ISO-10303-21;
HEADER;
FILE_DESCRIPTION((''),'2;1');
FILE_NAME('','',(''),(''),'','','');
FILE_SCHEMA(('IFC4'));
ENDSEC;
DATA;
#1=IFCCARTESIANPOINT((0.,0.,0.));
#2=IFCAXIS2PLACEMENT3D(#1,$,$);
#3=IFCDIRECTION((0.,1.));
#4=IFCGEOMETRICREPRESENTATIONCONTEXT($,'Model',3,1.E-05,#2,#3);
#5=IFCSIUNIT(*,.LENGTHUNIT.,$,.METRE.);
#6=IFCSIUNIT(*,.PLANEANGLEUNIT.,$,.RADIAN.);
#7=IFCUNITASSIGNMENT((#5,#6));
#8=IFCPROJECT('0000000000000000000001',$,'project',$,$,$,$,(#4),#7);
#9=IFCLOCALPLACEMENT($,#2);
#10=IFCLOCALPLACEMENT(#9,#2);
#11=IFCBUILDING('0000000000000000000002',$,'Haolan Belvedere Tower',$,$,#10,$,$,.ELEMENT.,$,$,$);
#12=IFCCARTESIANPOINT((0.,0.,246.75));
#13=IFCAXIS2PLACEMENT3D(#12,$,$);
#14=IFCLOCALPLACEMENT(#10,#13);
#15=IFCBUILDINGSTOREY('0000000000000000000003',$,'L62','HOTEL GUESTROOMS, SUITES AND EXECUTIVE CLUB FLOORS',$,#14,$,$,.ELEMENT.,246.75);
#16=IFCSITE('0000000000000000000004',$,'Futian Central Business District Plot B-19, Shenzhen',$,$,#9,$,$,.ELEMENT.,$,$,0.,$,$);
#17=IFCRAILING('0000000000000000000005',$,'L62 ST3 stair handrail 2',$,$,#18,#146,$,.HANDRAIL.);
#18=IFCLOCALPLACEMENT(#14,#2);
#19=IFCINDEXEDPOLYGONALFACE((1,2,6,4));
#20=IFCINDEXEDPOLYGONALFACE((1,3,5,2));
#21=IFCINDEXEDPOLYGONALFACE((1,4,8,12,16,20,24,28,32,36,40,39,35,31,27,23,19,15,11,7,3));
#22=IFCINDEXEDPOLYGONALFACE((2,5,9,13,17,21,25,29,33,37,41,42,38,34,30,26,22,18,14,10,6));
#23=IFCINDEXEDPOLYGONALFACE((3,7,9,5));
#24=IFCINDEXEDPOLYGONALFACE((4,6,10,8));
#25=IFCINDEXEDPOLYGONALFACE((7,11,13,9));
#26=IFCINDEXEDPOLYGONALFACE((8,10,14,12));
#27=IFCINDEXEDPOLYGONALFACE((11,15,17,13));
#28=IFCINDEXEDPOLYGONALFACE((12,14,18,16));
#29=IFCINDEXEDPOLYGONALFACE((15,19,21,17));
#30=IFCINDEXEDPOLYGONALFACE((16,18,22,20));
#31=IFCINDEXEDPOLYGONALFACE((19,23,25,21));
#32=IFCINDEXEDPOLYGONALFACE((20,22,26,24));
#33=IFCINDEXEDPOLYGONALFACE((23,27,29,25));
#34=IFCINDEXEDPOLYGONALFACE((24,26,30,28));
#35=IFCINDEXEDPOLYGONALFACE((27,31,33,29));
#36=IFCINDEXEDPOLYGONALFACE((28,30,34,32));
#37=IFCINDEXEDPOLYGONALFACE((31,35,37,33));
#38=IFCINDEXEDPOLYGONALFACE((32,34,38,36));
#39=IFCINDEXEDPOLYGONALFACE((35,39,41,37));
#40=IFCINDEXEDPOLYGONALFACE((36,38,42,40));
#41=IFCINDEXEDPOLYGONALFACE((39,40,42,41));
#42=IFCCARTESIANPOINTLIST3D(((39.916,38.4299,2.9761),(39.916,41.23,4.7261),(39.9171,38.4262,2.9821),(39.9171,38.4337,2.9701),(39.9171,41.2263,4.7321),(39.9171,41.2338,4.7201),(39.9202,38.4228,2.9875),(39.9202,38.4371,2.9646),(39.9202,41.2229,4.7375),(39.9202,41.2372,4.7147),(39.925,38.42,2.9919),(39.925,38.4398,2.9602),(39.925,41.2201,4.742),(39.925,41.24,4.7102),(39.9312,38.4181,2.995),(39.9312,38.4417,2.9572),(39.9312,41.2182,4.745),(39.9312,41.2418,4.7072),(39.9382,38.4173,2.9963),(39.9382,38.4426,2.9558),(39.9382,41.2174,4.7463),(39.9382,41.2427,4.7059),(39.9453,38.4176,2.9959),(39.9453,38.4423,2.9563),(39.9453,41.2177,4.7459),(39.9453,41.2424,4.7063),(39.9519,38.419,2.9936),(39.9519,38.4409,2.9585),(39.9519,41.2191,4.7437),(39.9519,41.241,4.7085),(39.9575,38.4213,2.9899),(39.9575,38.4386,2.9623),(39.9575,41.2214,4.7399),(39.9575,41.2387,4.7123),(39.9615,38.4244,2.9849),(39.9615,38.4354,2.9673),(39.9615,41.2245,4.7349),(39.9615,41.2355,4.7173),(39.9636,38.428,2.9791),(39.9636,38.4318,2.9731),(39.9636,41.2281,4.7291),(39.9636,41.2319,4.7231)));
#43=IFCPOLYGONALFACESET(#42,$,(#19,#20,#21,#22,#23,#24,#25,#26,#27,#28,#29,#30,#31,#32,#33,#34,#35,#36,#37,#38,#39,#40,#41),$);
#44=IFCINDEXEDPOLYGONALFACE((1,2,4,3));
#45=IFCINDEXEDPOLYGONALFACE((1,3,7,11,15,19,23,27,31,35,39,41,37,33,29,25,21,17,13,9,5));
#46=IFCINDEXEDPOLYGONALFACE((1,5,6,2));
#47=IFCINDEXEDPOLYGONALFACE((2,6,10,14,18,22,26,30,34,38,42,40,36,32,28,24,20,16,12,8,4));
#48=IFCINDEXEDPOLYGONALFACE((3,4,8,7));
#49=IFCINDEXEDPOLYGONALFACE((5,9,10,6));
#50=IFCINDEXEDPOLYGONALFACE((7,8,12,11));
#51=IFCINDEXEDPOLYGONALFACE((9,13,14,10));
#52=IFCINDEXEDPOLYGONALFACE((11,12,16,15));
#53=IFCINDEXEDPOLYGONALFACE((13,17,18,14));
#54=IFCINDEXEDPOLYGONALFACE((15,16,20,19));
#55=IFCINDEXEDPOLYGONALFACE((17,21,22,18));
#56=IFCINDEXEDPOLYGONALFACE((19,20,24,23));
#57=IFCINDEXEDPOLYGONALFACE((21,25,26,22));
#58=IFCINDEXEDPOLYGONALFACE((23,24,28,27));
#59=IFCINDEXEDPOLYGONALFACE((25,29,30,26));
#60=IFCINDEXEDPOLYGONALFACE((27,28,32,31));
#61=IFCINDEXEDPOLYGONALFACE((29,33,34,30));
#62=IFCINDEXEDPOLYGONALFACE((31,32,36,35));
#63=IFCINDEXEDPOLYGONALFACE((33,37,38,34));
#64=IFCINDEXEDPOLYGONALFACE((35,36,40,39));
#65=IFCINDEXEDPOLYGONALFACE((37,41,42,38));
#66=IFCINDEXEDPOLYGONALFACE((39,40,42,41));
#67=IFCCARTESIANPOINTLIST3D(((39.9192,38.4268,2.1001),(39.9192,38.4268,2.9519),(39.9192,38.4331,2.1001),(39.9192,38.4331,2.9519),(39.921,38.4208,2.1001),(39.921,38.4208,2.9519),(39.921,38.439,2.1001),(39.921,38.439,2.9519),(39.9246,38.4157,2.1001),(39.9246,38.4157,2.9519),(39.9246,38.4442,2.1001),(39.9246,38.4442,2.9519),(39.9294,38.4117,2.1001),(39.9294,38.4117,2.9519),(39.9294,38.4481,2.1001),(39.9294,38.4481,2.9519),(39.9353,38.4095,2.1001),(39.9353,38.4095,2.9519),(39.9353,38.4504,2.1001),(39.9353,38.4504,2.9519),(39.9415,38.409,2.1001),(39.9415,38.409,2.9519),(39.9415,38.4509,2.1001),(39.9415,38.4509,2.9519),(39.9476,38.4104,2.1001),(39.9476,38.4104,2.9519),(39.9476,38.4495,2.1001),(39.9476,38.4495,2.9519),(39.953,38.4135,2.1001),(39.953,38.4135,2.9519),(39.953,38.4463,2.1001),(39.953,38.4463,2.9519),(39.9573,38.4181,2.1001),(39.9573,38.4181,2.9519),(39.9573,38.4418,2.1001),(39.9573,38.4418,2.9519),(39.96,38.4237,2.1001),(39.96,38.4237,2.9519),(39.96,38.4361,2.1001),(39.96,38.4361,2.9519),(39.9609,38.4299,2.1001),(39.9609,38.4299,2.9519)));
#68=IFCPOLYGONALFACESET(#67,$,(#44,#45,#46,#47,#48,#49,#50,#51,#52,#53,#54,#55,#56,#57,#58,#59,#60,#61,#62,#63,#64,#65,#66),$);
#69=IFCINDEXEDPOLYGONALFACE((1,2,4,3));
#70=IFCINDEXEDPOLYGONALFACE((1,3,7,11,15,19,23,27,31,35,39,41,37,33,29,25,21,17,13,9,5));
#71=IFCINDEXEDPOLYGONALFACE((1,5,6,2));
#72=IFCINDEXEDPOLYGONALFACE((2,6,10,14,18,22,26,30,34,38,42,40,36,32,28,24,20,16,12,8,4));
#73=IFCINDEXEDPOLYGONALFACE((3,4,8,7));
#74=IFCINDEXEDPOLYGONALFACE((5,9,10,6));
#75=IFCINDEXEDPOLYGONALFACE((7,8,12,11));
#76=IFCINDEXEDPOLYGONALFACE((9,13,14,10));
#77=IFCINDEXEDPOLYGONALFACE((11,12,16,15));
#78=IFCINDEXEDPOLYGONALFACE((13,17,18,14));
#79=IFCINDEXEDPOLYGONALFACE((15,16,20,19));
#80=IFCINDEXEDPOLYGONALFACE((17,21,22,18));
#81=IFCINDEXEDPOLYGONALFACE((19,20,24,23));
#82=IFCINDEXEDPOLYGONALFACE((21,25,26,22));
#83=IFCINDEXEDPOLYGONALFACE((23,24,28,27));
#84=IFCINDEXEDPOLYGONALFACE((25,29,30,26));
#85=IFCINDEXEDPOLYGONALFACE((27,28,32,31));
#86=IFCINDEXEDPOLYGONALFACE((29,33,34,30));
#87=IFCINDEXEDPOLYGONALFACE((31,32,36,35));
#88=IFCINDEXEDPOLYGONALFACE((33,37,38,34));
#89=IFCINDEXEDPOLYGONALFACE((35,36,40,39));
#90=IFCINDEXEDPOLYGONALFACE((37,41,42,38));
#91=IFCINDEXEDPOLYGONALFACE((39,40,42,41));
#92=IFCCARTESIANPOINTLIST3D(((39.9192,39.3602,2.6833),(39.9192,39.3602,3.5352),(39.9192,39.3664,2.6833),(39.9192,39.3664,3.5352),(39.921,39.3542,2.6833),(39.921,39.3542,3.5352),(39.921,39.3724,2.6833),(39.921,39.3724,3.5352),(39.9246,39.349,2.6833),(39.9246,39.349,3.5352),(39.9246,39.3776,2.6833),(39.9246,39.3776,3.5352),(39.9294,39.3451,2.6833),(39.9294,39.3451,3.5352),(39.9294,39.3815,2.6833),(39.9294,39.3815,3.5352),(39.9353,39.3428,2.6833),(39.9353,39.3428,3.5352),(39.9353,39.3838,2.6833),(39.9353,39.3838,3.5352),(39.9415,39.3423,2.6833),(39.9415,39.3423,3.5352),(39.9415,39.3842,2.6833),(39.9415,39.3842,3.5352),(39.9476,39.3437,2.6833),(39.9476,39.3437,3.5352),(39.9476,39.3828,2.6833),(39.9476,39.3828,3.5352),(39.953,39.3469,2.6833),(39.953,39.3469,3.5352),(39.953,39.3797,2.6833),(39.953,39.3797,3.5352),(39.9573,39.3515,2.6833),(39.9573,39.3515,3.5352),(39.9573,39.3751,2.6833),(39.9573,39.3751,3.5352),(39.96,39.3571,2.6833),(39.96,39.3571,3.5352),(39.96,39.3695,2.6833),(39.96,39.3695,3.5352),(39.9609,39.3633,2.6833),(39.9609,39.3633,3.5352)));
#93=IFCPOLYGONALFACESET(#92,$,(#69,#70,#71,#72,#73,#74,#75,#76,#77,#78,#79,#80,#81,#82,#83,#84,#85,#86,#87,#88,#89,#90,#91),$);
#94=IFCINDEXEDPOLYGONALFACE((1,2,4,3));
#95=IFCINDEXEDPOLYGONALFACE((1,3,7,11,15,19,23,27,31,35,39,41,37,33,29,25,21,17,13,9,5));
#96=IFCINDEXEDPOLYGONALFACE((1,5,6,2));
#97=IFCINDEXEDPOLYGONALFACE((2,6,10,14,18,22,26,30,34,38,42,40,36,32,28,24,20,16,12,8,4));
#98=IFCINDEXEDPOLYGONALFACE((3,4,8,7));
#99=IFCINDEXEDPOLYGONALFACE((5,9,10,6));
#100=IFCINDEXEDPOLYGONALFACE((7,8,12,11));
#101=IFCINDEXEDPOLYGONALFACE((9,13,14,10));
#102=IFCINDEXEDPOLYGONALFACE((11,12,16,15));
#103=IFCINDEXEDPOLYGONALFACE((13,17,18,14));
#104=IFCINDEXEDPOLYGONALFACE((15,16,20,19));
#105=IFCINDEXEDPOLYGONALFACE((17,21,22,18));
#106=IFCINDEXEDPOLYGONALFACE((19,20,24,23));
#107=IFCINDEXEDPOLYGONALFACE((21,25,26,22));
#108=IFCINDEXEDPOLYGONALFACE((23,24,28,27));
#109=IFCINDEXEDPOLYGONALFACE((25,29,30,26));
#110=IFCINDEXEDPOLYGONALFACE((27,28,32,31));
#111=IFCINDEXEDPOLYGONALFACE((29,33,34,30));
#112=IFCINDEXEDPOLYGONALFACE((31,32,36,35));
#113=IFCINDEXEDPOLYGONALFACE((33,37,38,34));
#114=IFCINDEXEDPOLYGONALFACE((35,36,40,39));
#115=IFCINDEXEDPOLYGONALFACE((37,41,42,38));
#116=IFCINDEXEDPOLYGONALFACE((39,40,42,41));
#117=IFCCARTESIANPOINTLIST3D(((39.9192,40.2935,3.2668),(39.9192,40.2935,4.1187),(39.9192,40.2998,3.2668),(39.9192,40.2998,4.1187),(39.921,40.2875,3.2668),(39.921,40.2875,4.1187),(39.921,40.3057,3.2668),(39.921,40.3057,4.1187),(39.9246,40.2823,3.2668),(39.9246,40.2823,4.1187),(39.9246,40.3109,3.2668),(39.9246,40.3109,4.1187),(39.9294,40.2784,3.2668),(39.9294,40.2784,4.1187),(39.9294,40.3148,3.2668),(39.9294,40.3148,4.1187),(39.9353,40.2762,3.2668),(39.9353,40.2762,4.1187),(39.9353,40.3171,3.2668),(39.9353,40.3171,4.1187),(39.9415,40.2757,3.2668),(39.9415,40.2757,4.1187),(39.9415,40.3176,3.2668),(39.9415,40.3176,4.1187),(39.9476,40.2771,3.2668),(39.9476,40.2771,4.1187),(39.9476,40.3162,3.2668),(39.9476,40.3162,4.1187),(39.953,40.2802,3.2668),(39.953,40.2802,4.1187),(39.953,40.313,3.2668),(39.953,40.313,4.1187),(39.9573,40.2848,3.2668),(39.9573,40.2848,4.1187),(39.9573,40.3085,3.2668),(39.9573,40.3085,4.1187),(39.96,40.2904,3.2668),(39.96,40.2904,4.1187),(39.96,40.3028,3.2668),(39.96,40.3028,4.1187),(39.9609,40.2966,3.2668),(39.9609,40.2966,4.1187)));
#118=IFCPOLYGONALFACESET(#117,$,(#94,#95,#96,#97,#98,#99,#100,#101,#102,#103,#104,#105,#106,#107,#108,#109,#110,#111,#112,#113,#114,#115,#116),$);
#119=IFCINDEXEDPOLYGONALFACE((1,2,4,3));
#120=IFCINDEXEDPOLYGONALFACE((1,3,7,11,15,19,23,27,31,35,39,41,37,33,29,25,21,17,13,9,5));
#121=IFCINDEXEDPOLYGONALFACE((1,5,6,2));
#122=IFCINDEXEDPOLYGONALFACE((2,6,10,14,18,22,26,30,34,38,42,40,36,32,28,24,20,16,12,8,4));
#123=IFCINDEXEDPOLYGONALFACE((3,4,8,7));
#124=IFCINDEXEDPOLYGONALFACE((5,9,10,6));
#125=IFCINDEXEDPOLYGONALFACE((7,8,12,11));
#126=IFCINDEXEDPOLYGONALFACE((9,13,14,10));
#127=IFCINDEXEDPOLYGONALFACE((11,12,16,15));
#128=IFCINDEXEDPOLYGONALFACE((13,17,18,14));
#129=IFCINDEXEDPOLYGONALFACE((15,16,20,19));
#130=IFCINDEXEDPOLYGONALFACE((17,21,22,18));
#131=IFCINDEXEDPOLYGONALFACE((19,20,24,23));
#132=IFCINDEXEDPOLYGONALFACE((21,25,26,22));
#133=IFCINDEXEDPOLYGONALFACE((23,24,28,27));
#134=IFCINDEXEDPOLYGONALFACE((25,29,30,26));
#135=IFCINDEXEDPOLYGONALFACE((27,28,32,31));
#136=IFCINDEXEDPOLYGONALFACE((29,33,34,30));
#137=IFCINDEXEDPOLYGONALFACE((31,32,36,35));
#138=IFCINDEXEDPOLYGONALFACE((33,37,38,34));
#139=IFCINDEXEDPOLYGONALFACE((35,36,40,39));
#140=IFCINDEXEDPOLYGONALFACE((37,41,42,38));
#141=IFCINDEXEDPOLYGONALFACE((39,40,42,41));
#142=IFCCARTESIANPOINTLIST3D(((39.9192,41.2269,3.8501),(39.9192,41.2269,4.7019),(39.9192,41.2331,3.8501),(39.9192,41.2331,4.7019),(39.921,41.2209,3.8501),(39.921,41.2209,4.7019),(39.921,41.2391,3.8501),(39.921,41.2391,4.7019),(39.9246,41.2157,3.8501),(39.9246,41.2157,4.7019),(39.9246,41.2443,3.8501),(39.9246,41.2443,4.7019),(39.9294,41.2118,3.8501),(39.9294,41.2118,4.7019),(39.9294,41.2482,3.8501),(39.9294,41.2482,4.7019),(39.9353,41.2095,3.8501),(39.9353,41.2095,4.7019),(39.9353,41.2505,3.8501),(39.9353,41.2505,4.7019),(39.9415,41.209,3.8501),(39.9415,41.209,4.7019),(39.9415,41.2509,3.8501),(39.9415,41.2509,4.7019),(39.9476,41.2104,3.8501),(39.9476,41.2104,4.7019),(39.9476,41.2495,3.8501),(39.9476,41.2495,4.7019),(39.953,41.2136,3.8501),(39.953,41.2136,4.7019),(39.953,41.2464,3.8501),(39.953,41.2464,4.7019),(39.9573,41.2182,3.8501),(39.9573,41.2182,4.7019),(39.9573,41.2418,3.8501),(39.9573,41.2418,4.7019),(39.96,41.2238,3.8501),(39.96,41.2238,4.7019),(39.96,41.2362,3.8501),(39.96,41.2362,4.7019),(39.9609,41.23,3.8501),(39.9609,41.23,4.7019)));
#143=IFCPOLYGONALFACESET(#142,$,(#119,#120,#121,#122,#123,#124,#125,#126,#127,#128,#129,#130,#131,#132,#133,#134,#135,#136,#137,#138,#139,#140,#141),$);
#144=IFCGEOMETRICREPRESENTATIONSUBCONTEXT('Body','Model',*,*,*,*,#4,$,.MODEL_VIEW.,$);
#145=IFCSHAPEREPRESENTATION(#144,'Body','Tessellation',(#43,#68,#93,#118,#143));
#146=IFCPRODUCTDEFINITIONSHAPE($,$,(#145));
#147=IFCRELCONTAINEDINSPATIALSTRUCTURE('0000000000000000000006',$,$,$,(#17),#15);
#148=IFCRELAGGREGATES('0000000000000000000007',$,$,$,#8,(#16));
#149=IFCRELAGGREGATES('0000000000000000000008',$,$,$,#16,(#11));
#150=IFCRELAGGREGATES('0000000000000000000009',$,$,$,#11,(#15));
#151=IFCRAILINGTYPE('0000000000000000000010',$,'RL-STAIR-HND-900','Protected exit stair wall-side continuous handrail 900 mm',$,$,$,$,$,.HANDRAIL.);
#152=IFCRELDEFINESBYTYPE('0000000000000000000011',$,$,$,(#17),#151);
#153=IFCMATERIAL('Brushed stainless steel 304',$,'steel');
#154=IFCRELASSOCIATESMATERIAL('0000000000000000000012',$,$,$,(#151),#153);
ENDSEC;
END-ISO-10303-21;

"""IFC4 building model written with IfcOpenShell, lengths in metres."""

from ifc_helpers import new_model, si_unit, direction, frame, origin, origin_2d, place, context, subcontext, project, spatial, circle, extrude, material, type_object, element, save


model = new_model("IFC4")

# Units and contexts
model_context = context("Model", 3, precision=1e-05, world=origin(), true_north=direction((0.0, 1.0)))
body_context = subcontext(model_context, "Body", "Model", "MODEL_VIEW")
ifc_project = project(units=[si_unit("LENGTHUNIT", "METRE"), si_unit("PLANEANGLEUNIT", "RADIAN")], contexts=[model_context])

# Site, building, storey
site_placement = place(None, origin())
site = spatial("IfcSite", under=ifc_project, at=site_placement, Name="Futian Central Business District Plot B-19, Shenzhen", CompositionType="ELEMENT", RefElevation=0.0)
building_placement = place(site_placement, origin())
building = spatial("IfcBuilding", under=site, at=building_placement, Name="Haolan Belvedere Tower", CompositionType="ELEMENT")
storey_placement = place(building_placement, frame((0.0, 0.0, 246.75)))
storey = spatial("IfcBuildingStorey", under=building, at=storey_placement, Name="L62", Description="HOTEL GUESTROOMS, SUITES AND EXECUTIVE CLUB FLOORS", CompositionType="ELEMENT", Elevation=246.75)

# Railing
ifc_material_1 = material(Name="Brushed stainless steel 304", Category="steel")
railing_type_1 = type_object("IfcRailingType", Name="RL-STAIR-HND-900", Description="Protected exit stair wall-side continuous handrail 900 mm", PredefinedType="HANDRAIL", material=ifc_material_1)
for number, where, name in (
    (1, (39.9399, 38.4299, 2.1001), "L62 ST3 stair handrail 2"),
):
    element("IfcRailing", number, at=place(storey_placement, frame(where)), inside=storey, type_object=railing_type_1, Name=name, PredefinedType="HANDRAIL", context=body_context, shape_type="SweptSolid", body=[
        extrude(circle(Radius=0.0239, at=origin_2d()), frame((0.0, 0.0, 0.876), z_axis=(0.0, 0.848002, 0.529992), x_axis=(-1.0, 0.0, 0.0)), (0.0, 0.0, 1.0), 3.302),
        extrude(circle(Radius=0.021, at=origin_2d()), origin(), (0.0, 0.0, 1.0), 0.8518),
        extrude(circle(Radius=0.021, at=origin_2d()), frame((0.0, 0.9333, 0.5833)), (0.0, 0.0, 1.0), 0.8518),
        extrude(circle(Radius=0.021, at=origin_2d()), frame((0.0, 1.8667, 1.1667)), (0.0, 0.0, 1.0), 0.8518),
        extrude(circle(Radius=0.021, at=origin_2d()), frame((0.0, 2.8, 1.75)), (0.0, 0.0, 1.0), 0.8518),
    ])

save(model, "model.ifc")
